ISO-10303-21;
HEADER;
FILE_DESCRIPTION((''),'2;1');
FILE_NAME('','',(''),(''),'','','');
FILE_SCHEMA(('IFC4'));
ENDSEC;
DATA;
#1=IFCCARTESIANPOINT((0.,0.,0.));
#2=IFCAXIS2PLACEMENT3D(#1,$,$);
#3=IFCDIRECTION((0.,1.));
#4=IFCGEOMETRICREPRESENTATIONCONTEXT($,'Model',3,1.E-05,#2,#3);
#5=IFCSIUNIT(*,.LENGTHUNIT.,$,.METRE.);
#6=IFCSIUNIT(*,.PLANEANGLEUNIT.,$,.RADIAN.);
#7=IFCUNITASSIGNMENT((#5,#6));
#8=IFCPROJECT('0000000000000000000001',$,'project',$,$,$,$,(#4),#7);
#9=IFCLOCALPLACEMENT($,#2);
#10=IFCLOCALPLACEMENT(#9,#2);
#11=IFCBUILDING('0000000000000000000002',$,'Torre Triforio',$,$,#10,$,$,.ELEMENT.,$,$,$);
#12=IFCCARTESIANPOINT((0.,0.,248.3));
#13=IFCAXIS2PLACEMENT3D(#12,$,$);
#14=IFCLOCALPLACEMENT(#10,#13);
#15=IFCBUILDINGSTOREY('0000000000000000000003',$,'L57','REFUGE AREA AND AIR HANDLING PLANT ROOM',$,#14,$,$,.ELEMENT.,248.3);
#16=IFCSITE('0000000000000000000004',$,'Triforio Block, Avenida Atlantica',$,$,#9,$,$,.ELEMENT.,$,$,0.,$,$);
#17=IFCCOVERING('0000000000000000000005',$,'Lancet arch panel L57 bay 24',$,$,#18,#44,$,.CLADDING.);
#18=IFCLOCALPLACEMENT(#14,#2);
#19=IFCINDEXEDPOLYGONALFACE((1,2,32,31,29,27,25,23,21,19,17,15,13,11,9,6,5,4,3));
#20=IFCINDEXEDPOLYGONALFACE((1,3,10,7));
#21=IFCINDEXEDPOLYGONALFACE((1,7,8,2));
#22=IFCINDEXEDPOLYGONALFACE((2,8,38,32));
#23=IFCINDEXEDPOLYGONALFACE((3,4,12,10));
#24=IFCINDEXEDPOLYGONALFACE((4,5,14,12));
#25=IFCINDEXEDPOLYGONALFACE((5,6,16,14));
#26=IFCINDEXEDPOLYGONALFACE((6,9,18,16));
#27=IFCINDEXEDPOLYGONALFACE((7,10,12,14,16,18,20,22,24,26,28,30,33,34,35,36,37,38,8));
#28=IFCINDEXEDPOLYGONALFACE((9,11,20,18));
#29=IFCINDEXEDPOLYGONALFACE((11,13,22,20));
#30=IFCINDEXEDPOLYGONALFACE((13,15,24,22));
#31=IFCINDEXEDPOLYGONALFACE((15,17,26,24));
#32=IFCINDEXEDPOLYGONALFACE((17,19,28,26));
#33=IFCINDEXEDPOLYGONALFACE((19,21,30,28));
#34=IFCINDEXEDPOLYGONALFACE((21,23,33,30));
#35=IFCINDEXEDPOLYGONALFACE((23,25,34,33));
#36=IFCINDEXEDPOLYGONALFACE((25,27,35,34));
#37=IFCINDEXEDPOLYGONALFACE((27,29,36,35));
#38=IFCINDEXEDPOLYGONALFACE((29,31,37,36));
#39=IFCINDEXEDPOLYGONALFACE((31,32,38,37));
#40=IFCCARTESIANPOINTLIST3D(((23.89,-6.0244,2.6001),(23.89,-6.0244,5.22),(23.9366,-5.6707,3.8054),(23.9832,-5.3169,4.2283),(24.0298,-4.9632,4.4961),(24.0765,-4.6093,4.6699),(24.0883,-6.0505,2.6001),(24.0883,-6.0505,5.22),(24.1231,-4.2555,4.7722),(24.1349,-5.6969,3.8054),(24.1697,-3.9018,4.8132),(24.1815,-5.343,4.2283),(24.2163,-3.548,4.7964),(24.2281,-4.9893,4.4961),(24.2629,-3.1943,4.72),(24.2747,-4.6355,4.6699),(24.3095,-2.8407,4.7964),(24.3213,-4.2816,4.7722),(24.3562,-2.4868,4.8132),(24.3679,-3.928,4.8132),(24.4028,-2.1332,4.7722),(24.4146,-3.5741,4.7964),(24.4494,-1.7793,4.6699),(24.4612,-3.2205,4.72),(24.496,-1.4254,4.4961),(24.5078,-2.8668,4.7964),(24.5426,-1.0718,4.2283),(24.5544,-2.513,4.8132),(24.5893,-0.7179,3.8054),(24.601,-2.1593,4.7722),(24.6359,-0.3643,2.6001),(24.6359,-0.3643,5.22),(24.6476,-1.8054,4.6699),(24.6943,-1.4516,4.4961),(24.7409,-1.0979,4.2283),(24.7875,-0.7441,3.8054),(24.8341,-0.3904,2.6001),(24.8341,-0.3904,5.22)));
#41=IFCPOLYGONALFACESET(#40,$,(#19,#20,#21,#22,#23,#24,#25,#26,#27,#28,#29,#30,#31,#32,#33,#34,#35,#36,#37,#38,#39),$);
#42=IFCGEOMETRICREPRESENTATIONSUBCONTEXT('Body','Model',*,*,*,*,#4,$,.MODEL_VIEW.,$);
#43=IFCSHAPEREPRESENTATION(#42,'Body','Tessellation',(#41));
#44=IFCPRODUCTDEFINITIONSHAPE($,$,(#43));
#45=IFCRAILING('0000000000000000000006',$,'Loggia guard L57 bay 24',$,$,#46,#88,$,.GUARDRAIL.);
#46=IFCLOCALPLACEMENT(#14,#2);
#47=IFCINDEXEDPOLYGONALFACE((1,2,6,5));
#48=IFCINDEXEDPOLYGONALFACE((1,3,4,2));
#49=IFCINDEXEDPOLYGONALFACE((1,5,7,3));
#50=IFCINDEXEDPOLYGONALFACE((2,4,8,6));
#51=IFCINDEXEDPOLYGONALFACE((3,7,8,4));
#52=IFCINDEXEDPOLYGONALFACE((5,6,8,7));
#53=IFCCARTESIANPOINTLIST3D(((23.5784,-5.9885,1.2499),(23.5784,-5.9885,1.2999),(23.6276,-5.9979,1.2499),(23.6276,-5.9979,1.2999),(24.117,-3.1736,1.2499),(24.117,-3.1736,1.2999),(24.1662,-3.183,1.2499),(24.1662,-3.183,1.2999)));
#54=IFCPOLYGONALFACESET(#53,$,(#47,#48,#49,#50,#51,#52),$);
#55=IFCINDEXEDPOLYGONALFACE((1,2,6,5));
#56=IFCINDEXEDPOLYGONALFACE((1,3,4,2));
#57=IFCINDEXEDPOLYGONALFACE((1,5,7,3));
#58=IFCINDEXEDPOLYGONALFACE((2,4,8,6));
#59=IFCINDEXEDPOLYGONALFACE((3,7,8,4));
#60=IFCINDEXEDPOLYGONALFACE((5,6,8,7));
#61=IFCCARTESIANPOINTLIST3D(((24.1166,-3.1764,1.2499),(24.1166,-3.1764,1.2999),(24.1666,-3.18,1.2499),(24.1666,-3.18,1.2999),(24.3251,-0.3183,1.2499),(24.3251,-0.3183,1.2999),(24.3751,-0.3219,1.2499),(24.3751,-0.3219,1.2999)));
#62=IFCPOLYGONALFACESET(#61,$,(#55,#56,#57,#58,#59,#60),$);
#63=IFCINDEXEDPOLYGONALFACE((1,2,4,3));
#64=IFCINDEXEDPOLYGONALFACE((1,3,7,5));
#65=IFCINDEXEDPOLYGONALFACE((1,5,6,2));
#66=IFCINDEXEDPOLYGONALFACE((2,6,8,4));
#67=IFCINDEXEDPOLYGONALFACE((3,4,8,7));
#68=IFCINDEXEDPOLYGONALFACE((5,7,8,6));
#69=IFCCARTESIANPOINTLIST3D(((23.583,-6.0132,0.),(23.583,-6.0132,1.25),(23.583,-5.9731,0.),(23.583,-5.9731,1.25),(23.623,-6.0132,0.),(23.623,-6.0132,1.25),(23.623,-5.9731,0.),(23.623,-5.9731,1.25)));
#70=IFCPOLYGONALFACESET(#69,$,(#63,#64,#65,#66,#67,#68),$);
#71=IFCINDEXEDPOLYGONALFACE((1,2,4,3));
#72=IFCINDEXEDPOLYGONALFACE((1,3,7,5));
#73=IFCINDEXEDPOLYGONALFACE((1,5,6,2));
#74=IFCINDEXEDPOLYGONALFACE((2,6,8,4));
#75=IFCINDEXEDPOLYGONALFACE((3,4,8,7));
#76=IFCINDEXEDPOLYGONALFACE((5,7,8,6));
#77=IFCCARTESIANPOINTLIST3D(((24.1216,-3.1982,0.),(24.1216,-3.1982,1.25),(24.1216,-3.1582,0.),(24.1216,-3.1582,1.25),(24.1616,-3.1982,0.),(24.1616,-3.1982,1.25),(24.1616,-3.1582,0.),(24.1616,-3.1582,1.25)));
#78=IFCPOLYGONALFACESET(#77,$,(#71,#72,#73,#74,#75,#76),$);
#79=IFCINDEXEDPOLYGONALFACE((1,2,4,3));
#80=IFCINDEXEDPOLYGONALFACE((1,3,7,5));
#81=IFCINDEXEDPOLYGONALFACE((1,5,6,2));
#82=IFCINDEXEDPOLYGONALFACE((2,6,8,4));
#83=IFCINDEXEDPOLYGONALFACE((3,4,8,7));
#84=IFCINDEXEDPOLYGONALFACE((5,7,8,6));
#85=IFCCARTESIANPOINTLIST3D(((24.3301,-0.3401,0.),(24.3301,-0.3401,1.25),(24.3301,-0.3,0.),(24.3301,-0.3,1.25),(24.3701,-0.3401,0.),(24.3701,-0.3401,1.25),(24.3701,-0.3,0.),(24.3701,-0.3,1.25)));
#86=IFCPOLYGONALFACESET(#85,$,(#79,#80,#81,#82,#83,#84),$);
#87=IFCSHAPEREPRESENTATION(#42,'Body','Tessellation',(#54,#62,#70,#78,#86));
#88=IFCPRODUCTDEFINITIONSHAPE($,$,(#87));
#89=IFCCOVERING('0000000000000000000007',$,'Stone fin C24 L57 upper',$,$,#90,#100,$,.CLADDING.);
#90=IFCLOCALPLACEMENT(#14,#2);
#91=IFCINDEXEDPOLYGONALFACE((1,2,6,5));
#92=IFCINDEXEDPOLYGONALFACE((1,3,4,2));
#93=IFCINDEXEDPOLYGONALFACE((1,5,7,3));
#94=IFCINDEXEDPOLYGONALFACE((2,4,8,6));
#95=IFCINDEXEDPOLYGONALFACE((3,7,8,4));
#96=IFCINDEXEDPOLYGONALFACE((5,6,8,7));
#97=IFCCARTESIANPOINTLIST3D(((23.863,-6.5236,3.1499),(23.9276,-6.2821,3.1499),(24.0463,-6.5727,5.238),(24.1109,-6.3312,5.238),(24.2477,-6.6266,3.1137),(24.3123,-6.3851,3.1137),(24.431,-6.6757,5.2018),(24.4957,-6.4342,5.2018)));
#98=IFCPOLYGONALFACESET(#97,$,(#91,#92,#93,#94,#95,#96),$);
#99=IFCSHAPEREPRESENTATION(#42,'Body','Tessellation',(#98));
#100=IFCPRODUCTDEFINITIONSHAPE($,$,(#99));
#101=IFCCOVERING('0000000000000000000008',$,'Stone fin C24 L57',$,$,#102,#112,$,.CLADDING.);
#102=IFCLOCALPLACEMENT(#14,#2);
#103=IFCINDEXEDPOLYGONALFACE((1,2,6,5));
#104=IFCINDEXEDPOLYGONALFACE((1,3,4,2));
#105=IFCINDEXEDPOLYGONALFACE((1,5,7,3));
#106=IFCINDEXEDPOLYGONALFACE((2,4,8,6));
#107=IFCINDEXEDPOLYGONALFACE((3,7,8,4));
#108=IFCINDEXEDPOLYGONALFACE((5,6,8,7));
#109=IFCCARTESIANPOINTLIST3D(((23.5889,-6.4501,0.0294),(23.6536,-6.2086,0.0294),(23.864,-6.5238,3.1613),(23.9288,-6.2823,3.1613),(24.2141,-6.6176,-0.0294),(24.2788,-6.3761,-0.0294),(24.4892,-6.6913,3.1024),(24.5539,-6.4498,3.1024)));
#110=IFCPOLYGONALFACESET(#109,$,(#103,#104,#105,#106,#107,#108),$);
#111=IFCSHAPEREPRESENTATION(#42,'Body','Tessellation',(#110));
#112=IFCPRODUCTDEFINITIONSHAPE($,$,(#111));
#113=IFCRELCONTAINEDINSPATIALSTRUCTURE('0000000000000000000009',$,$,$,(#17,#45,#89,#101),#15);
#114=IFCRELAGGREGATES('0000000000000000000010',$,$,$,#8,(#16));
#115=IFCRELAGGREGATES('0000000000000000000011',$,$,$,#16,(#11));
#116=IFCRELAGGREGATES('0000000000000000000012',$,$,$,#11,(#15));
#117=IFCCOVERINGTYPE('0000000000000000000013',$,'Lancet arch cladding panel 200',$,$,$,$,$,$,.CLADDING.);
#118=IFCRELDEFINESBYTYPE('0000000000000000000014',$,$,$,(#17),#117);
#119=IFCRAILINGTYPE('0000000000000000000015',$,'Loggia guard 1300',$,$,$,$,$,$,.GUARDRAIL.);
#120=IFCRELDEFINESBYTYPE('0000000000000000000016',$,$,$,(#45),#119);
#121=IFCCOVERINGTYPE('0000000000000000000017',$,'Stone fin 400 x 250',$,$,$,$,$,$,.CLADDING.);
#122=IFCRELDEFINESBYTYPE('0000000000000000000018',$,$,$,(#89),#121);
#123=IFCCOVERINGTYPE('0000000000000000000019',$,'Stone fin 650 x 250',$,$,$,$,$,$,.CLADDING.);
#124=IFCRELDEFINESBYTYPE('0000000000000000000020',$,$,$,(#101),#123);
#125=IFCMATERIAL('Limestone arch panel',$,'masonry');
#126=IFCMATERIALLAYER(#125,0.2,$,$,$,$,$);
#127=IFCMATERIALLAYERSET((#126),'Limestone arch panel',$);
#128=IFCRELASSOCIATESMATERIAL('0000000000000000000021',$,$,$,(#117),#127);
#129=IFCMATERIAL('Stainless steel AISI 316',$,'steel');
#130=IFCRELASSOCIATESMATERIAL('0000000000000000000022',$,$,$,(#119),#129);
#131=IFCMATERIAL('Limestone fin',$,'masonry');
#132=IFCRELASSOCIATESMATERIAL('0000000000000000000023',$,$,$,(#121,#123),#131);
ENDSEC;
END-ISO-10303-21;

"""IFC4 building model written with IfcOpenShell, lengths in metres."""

from ifc_helpers import new_model, si_unit, direction, frame, origin, origin_2d, place, context, subcontext, project, spatial, polyline, rectangle, outline, extrude, material, layer, layer_set, material_profile, profile_set, type_object, element, save


model = new_model("IFC4")

# Units and contexts
model_context = context("Model", 3, precision=1e-05, world=origin(), true_north=direction((0.0, 1.0)))
body_context = subcontext(model_context, "Body", "Model", "MODEL_VIEW")
ifc_project = project(units=[si_unit("LENGTHUNIT", "METRE"), si_unit("PLANEANGLEUNIT", "RADIAN")], contexts=[model_context])

# Site, building, storey
site_placement = place(None, origin())
site = spatial("IfcSite", under=ifc_project, at=site_placement, Name="Triforio Block, Avenida Atlantica", CompositionType="ELEMENT", RefElevation=0.0)
building_placement = place(site_placement, origin())
building = spatial("IfcBuilding", under=site, at=building_placement, Name="Torre Triforio", CompositionType="ELEMENT")
storey_placement = place(building_placement, frame((0.0, 0.0, 248.3)))
storey = spatial("IfcBuildingStorey", under=building, at=storey_placement, Name="L57", Description="REFUGE AREA AND AIR HANDLING PLANT ROOM", CompositionType="ELEMENT", Elevation=248.3)

# Covering
ifc_material_1 = material(Name="Limestone arch panel", Category="masonry")
ifc_layer_1 = layer(ifc_material_1, 0.2)
ifc_layer_set_1 = layer_set([ifc_layer_1], Name="Limestone arch panel")
covering_type_1 = type_object("IfcCoveringType", Name="Lancet arch cladding panel 200", PredefinedType="CLADDING", material=ifc_layer_set_1)
covering_1_placement = place(storey_placement, frame((24.2629, -3.1943, 0.0), z_axis=(0.991429, -0.130644, 0.0), x_axis=(0.130644, 0.991429, 0.0)))
element("IfcCovering", 1, at=covering_1_placement, inside=storey, type_object=covering_type_1, Name="Lancet arch panel L57 bay 24", PredefinedType="CLADDING", context=body_context, shape_type="SweptSolid", body=[
    extrude(outline(polyline([(-2.8545, 5.22), (-2.8545, 2.6001), (-2.4978, 3.8054), (-2.1409, 4.2283), (-1.7842, 4.4961), (-1.4272, 4.6699), (-1.0703, 4.7722), (-0.7136, 4.8132), (-0.3567, 4.7964), (0.0, 4.72), (0.3567, 4.7964), (0.7136, 4.8132), (1.0703, 4.7722), (1.4272, 4.6699), (1.7842, 4.4961), (2.1409, 4.2283), (2.4978, 3.8054), (2.8545, 2.6001), (2.8545, 5.22), (-2.8545, 5.22)])), origin(), (0.0, 0.0, 1.0), 0.2),
])

# Railing
ifc_material_2 = material(Name="Stainless steel AISI 316", Category="steel")
railing_type = type_object("IfcRailingType", Name="Loggia guard 1300", PredefinedType="GUARDRAIL", material=ifc_material_2)
railing_placement = place(storey_placement, frame((23.603, -5.9932, 0.0)))
element("IfcRailing", 2, at=railing_placement, inside=storey, type_object=railing_type, Name="Loggia guard L57 bay 24", PredefinedType="GUARDRAIL", context=body_context, shape_type="SweptSolid", body=[
    extrude(rectangle(XDim=0.05, YDim=0.05, at=origin_2d()), frame((0.0, 0.0, 1.2749), z_axis=(0.187918, 0.982185, 0.0), x_axis=(-0.982185, 0.187918, 0.0)), (0.0, 0.0, 1.0), 2.866),
    extrude(rectangle(XDim=0.05, YDim=0.05, at=origin_2d()), frame((0.5386, 2.8149, 1.2749), z_axis=(0.072754, 0.99735, 0.0), x_axis=(-0.99735, 0.072754, 0.0)), (0.0, 0.0, 1.0), 2.8657),
    extrude(rectangle(XDim=0.04, YDim=0.04, at=origin_2d()), origin(), (0.0, 0.0, 1.0), 1.25),
    extrude(rectangle(XDim=0.04, YDim=0.04, at=origin_2d()), frame((0.5386, 2.8149, 0.0)), (0.0, 0.0, 1.0), 1.25),
    extrude(rectangle(XDim=0.04, YDim=0.04, at=origin_2d()), frame((0.7471, 5.6731, 0.0)), (0.0, 0.0, 1.0), 1.25),
])

# Coverings
ifc_material_3 = material(Name="Limestone fin", Category="masonry")
ifc_material_profile_1 = material_profile(ifc_material_3, rectangle(XDim=0.3999, YDim=0.25, at=origin_2d()), Name="FIN 400x250")
ifc_profile_set_1 = profile_set([ifc_material_profile_1], Name="Limestone fin")
covering_type_2 = type_object("IfcCoveringType", Name="Stone fin 400 x 250", PredefinedType="CLADDING", material=ifc_profile_set_1)
covering_2_placement = place(storey_placement, frame((24.0876, -6.4543, 3.1318), z_axis=(0.087445, -0.023404, 0.995894), x_axis=(-0.962034, 0.257482, 0.090523)))
element("IfcCovering", 3, at=covering_2_placement, inside=storey, type_object=covering_type_2, Name="Stone fin C24 L57 upper", PredefinedType="CLADDING", context=body_context, shape_type="SweptSolid", body=[
    extrude(rectangle(XDim=0.3999, YDim=0.25, at=origin_2d()), origin(), (0.0, 0.0, 1.0), 2.0967),
])
ifc_material_profile_2 = material_profile(ifc_material_3, rectangle(XDim=0.6499, YDim=0.25, at=origin_2d()), Name="FIN 650x250")
ifc_profile_set_2 = profile_set([ifc_material_profile_2], Name="Limestone fin")
covering_type_3 = type_object("IfcCoveringType", Name="Stone fin 650 x 250", PredefinedType="CLADDING", material=ifc_profile_set_2)
covering_3_placement = place(storey_placement, frame((23.9338, -6.4131, 0.0), z_axis=(0.087494, -0.023445, 0.995889), x_axis=(-0.961951, 0.257772, 0.09058)))
element("IfcCovering", 4, at=covering_3_placement, inside=storey, type_object=covering_type_3, Name="Stone fin C24 L57", PredefinedType="CLADDING", context=body_context, shape_type="SweptSolid", body=[
    extrude(rectangle(XDim=0.6499, YDim=0.25, at=origin_2d()), origin(), (0.0, 0.0, 1.0), 3.1448),
])

save(model, "model.ifc")
